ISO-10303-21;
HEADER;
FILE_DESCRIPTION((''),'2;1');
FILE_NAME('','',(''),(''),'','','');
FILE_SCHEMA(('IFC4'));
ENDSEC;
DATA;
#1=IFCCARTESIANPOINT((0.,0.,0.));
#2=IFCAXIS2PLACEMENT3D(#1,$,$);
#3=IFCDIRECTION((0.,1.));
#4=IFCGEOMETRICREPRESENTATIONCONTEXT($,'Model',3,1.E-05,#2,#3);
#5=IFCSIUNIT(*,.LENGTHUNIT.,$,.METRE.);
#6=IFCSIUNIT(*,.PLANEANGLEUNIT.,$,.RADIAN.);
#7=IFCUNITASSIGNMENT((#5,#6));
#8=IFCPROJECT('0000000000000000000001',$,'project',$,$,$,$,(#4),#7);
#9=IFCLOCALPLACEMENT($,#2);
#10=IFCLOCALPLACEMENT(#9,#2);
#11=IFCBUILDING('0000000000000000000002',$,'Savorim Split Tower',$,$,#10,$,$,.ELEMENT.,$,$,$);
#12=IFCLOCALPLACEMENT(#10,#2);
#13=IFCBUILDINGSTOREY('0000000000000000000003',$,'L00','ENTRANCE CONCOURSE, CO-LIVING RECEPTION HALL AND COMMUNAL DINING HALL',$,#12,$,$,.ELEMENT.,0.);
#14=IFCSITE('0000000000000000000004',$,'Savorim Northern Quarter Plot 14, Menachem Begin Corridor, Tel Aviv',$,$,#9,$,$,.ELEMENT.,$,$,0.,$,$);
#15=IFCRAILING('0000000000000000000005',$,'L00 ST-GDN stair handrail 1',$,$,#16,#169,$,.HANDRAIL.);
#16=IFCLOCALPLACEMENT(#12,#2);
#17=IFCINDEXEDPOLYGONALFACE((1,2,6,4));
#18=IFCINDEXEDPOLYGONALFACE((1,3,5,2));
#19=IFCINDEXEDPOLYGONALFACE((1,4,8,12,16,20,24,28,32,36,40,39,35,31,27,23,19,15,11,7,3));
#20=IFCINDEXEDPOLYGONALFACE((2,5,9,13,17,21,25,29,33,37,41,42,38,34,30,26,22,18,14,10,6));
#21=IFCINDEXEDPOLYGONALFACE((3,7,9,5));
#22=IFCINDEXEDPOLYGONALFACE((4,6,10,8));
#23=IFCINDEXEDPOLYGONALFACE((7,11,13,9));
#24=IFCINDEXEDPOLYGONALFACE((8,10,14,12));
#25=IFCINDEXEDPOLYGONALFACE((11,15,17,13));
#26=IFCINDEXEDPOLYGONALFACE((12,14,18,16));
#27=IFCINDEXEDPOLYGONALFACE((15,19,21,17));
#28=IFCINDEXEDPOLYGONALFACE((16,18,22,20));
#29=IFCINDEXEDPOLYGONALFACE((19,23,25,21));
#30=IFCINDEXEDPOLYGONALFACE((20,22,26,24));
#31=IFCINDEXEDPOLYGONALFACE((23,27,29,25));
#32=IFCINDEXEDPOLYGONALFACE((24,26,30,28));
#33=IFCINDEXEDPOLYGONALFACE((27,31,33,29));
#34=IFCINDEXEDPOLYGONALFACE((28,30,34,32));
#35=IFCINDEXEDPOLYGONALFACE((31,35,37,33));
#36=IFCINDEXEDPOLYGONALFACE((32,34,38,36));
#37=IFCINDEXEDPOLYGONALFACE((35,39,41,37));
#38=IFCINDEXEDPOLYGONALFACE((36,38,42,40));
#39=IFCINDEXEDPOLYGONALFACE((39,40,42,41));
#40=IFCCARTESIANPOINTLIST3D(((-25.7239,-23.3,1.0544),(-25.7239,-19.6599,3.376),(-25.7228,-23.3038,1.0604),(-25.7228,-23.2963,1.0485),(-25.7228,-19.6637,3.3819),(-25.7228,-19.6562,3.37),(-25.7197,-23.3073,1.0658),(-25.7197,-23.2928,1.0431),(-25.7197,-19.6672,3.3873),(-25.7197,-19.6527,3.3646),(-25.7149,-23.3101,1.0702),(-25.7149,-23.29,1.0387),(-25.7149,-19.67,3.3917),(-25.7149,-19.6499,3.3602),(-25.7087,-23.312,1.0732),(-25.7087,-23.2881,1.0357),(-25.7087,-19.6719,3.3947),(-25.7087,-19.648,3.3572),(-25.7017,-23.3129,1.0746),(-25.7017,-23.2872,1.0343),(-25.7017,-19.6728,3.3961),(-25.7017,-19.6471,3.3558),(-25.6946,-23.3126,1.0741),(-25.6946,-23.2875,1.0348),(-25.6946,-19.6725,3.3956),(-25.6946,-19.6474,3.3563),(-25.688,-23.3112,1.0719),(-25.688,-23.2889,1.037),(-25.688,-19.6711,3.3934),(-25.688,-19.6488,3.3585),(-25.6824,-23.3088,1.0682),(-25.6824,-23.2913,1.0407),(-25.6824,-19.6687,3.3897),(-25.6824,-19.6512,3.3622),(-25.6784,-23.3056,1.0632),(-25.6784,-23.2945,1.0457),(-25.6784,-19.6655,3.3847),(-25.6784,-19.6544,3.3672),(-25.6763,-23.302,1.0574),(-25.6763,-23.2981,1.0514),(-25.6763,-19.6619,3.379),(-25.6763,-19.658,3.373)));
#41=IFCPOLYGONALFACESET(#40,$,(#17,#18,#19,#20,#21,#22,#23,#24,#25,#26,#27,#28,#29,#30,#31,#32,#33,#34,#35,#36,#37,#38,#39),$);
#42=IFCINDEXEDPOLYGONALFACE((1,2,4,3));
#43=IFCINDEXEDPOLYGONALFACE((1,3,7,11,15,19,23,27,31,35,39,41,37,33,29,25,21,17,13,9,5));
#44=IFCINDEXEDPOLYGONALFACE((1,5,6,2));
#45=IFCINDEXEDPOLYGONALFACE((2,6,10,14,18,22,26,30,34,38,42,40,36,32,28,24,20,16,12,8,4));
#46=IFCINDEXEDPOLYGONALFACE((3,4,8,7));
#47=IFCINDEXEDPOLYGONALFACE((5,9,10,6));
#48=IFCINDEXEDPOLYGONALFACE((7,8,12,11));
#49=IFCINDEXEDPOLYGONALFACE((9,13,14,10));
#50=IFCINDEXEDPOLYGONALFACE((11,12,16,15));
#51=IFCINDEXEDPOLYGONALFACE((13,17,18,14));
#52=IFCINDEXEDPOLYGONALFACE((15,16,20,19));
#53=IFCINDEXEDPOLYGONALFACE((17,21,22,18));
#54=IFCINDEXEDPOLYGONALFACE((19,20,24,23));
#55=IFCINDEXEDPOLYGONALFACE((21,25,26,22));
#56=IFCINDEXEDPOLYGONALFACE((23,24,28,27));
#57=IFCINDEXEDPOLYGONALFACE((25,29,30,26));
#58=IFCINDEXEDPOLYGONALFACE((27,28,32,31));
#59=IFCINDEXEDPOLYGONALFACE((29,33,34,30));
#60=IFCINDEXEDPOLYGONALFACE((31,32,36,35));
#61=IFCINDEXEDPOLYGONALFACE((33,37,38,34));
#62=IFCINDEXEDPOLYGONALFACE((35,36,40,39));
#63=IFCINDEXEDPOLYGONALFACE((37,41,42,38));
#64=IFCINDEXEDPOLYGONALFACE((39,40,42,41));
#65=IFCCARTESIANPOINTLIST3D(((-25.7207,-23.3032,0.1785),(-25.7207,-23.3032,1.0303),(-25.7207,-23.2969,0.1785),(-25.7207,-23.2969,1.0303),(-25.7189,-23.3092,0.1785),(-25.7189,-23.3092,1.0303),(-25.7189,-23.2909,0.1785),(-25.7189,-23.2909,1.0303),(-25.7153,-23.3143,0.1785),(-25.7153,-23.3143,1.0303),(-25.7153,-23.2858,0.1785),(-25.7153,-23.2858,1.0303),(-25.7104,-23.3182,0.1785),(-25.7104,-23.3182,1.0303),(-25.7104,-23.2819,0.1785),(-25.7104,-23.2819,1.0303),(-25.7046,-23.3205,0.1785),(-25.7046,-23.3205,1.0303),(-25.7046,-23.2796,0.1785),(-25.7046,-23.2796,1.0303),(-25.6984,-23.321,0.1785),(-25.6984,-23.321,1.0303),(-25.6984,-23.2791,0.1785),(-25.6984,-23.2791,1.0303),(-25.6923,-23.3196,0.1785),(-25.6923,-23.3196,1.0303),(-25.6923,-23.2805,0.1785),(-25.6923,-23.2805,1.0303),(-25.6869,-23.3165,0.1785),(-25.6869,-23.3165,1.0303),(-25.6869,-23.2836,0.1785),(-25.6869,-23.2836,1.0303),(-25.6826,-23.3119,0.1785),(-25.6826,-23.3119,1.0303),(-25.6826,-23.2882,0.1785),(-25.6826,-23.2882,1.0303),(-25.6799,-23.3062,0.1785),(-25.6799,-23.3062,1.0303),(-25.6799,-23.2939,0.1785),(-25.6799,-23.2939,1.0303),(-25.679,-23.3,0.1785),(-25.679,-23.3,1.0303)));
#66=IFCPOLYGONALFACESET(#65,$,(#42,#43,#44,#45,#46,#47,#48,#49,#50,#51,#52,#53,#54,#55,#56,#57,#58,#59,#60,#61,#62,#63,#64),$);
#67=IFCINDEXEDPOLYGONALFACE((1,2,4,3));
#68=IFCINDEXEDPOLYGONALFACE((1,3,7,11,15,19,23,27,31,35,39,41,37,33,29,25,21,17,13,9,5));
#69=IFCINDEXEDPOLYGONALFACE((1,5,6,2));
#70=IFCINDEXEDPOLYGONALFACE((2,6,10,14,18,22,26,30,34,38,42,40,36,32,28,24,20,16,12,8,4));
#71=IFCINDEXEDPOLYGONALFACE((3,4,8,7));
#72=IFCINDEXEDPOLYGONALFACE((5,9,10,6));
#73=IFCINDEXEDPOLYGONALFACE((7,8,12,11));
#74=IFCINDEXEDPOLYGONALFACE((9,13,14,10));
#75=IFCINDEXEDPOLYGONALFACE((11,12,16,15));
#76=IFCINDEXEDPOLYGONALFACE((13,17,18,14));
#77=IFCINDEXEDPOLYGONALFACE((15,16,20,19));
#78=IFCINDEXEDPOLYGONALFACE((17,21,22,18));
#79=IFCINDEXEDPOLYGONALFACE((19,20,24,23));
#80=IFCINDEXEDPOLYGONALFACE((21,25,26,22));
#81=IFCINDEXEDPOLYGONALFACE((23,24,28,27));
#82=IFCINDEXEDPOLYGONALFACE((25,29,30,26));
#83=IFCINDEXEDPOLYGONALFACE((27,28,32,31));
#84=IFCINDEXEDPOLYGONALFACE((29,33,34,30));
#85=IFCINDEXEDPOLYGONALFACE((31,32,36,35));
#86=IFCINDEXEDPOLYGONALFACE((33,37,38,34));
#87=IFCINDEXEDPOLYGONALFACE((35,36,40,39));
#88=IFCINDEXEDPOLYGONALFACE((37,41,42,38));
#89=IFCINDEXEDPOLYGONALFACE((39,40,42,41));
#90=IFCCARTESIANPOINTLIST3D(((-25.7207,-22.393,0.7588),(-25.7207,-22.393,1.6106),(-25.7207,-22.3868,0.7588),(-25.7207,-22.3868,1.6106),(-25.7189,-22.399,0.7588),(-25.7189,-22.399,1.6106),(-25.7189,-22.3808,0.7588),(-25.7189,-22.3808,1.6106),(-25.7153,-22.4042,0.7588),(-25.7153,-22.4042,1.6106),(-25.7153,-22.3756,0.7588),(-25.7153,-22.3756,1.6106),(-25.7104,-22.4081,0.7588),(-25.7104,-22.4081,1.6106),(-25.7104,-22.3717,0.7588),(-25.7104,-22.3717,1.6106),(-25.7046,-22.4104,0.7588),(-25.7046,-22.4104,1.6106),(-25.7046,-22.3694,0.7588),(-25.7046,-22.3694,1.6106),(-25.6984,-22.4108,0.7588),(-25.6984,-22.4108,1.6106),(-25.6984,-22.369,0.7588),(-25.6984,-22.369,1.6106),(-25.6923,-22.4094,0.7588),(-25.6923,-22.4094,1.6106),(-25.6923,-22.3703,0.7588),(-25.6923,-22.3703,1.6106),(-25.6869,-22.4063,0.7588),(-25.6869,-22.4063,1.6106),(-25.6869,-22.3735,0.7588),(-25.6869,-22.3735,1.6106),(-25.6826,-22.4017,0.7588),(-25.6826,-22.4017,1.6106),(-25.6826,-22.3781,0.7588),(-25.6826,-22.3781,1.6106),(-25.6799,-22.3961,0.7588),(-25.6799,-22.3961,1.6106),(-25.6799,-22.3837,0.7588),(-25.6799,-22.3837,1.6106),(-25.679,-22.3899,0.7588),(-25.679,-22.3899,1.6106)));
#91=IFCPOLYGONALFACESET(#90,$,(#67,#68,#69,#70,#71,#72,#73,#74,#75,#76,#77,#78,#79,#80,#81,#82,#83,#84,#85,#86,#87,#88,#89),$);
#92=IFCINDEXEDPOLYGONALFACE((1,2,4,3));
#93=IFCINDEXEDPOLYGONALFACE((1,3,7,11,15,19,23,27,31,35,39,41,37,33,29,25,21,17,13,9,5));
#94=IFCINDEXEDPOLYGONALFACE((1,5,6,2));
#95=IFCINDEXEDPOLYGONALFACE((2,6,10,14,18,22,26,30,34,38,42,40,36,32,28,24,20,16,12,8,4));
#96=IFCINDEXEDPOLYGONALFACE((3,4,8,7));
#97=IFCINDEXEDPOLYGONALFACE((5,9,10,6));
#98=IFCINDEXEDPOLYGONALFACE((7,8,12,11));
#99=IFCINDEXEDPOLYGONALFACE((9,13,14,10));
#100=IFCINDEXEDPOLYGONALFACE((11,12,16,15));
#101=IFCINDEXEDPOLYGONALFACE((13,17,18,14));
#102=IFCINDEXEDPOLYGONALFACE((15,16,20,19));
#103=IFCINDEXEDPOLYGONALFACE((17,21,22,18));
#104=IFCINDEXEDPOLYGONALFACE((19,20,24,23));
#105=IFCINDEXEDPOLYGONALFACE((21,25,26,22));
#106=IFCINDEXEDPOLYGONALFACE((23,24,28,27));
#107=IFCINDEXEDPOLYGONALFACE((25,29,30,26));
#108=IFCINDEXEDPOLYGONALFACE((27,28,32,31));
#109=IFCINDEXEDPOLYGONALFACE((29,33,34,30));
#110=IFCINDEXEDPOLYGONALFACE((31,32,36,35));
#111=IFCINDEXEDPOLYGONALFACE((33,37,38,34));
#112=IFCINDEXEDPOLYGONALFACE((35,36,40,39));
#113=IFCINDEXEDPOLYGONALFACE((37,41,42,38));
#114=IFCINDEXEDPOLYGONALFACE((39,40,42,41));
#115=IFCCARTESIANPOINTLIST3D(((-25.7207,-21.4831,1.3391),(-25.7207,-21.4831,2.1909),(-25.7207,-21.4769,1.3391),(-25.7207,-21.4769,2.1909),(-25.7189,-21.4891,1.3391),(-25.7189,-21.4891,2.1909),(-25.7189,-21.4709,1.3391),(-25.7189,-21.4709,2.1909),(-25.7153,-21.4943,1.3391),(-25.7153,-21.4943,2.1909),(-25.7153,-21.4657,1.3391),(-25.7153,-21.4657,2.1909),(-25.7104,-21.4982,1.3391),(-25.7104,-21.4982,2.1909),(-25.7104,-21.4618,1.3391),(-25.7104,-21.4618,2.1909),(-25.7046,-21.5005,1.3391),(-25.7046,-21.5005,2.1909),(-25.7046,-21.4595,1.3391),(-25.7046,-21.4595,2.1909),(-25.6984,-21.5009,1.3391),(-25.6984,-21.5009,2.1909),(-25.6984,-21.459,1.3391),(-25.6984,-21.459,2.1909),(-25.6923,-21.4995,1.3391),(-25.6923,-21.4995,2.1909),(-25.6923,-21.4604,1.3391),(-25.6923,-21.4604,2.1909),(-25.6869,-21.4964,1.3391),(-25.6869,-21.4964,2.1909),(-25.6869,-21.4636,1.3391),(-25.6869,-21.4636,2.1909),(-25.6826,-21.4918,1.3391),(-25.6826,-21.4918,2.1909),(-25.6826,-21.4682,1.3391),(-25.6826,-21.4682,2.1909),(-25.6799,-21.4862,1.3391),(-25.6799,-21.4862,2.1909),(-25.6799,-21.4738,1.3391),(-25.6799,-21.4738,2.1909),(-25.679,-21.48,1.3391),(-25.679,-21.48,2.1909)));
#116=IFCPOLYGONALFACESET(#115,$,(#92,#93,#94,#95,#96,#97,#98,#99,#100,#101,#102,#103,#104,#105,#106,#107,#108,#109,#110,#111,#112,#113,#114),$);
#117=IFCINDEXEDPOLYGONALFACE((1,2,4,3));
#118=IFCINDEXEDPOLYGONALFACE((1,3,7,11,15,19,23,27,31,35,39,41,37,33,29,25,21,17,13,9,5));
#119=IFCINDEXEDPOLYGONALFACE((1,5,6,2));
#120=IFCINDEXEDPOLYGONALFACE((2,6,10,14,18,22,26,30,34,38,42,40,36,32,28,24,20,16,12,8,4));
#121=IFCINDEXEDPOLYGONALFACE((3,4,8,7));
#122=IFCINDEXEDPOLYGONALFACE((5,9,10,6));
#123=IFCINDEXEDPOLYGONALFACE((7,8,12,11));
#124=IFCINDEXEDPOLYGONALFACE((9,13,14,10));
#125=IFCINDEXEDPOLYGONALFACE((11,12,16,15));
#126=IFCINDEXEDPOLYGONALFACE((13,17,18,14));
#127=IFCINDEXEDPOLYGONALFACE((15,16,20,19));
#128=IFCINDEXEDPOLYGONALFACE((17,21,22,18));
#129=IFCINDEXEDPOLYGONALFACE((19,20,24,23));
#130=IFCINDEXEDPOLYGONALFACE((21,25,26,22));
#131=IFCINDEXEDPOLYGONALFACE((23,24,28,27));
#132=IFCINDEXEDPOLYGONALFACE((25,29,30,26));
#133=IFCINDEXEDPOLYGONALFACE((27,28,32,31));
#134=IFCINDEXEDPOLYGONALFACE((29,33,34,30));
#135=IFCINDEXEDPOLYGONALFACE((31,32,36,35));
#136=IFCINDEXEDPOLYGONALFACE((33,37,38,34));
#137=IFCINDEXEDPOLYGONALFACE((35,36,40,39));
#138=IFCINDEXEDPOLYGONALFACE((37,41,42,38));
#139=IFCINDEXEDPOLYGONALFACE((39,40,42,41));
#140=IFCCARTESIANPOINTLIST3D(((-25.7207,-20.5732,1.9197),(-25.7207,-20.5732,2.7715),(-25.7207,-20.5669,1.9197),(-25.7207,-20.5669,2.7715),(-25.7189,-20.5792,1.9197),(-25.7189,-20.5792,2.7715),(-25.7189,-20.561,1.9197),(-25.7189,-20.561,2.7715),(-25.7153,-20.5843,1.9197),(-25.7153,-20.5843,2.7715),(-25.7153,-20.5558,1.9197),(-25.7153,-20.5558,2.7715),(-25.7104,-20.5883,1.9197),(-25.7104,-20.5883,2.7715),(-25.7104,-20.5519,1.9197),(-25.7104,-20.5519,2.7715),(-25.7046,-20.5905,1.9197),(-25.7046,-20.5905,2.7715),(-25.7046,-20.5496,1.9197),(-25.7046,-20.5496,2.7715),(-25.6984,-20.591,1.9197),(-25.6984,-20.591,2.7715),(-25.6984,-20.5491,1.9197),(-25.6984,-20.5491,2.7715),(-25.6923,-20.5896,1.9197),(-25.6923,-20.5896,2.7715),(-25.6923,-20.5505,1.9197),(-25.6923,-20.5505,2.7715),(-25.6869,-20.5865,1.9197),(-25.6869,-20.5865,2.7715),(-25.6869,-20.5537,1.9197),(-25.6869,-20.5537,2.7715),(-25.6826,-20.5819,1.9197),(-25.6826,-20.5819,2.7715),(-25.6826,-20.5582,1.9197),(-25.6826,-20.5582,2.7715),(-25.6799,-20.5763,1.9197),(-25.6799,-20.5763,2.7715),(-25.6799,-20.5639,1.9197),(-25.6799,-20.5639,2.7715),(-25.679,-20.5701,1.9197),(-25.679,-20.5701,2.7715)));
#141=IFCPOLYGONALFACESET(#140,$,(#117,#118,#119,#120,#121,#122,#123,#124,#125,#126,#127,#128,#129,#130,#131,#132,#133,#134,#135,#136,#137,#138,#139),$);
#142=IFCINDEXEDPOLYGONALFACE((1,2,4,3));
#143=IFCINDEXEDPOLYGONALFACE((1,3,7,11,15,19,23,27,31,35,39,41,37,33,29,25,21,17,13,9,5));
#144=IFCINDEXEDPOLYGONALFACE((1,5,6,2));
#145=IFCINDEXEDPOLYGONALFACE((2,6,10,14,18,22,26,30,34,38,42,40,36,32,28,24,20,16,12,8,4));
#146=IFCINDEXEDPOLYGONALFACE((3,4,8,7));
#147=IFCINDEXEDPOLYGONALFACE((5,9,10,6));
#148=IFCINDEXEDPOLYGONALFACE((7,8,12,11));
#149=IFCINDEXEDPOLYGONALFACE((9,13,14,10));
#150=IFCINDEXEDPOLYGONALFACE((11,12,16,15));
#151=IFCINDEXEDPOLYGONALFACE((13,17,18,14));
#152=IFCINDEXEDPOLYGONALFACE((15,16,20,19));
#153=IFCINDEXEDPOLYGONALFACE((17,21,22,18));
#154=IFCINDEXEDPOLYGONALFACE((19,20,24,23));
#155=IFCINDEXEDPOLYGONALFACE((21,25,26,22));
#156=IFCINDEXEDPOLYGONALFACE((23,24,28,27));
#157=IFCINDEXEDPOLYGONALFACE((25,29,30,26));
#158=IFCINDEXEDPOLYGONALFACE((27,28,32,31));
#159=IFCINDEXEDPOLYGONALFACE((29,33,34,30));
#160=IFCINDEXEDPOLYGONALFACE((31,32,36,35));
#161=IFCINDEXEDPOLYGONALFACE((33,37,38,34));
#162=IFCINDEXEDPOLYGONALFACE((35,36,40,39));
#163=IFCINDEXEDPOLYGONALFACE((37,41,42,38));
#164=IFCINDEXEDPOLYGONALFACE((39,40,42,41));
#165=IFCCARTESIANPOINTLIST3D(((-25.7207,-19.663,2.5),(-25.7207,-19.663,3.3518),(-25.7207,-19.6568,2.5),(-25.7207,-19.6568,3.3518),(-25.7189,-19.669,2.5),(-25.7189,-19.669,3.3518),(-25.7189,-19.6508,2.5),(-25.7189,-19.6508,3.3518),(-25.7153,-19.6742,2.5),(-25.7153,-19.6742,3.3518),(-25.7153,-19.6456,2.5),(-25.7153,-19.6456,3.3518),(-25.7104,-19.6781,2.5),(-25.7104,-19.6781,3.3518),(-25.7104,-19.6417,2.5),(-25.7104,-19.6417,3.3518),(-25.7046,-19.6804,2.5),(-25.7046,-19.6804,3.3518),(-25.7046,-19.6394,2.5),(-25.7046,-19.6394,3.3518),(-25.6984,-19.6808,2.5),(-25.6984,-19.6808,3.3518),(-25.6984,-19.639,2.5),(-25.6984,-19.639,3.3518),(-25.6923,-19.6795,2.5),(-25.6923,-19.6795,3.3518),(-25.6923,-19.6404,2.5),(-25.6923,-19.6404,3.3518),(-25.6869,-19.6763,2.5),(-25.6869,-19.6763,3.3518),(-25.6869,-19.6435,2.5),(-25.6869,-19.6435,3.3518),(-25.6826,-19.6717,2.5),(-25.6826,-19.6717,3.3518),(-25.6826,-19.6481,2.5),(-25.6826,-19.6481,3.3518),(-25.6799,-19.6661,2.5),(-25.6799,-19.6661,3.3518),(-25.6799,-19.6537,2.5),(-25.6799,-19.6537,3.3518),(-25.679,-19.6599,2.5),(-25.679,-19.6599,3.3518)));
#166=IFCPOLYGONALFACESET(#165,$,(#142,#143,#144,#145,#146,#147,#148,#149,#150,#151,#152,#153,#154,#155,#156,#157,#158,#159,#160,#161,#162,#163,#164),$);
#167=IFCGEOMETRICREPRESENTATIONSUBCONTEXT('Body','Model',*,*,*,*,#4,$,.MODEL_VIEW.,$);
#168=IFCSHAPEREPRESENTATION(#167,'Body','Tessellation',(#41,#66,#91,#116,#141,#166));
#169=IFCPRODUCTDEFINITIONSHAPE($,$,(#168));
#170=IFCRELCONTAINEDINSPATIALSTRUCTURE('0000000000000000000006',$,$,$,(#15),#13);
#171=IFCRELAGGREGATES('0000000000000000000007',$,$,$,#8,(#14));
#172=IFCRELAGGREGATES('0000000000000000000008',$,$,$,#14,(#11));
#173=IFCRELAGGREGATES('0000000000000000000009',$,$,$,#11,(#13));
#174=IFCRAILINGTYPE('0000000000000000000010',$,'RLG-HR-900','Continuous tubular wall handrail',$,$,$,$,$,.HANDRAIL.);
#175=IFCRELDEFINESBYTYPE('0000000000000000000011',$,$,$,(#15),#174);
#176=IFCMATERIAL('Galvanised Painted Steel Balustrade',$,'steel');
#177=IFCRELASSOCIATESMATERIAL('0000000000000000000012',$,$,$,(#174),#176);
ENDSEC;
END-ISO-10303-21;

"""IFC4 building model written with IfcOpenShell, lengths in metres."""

from ifc_helpers import new_model, si_unit, direction, frame, origin, origin_2d, place, context, subcontext, project, spatial, circle, extrude, material, type_object, element, save


model = new_model("IFC4")

# Units and contexts
model_context = context("Model", 3, precision=1e-05, world=origin(), true_north=direction((0.0, 1.0)))
body_context = subcontext(model_context, "Body", "Model", "MODEL_VIEW")
ifc_project = project(units=[si_unit("LENGTHUNIT", "METRE"), si_unit("PLANEANGLEUNIT", "RADIAN")], contexts=[model_context])

# Site, building, storey
site_placement = place(None, origin())
site = spatial("IfcSite", under=ifc_project, at=site_placement, Name="Savorim Northern Quarter Plot 14, Menachem Begin Corridor, Tel Aviv", CompositionType="ELEMENT", RefElevation=0.0)
building_placement = place(site_placement, origin())
building = spatial("IfcBuilding", under=site, at=building_placement, Name="Savorim Split Tower", CompositionType="ELEMENT")
storey_placement = place(building_placement, origin())
storey = spatial("IfcBuildingStorey", under=building, at=storey_placement, Name="L00", Description="ENTRANCE CONCOURSE, CO-LIVING RECEPTION HALL AND COMMUNAL DINING HALL", CompositionType="ELEMENT", Elevation=0.0)

# Railing
ifc_material_1 = material(Name="Galvanised Painted Steel Balustrade", Category="steel")
railing_type_1 = type_object("IfcRailingType", Name="RLG-HR-900", Description="Continuous tubular wall handrail", PredefinedType="HANDRAIL", material=ifc_material_1)
railing_1_placement = place(storey_placement, frame((-25.7, -23.3, 0.1785)))
element("IfcRailing", 1, at=railing_1_placement, inside=storey, type_object=railing_type_1, Name="L00 ST-GDN stair handrail 1", PredefinedType="HANDRAIL", context=body_context, shape_type="SweptSolid", body=[
    extrude(circle(Radius=0.0239, at=origin_2d()), frame((0.0, 0.0, 0.876), z_axis=(0.0, 0.843128, 0.537713), x_axis=(-1.0, 0.0, 0.0)), (0.0, 0.0, 1.0), 4.3174),
    extrude(circle(Radius=0.021, at=origin_2d()), origin(), (0.0, 0.0, 1.0), 0.8518),
    extrude(circle(Radius=0.021, at=origin_2d()), frame((0.0, 0.9102, 0.5803)), (0.0, 0.0, 1.0), 0.8518),
    extrude(circle(Radius=0.021, at=origin_2d()), frame((0.0, 1.8201, 1.1606)), (0.0, 0.0, 1.0), 0.8518),
    extrude(circle(Radius=0.021, at=origin_2d()), frame((0.0, 2.73, 1.7412)), (0.0, 0.0, 1.0), 0.8518),
    extrude(circle(Radius=0.021, at=origin_2d()), frame((0.0, 3.6401, 2.3215)), (0.0, 0.0, 1.0), 0.8518),
])

save(model, "model.ifc")
